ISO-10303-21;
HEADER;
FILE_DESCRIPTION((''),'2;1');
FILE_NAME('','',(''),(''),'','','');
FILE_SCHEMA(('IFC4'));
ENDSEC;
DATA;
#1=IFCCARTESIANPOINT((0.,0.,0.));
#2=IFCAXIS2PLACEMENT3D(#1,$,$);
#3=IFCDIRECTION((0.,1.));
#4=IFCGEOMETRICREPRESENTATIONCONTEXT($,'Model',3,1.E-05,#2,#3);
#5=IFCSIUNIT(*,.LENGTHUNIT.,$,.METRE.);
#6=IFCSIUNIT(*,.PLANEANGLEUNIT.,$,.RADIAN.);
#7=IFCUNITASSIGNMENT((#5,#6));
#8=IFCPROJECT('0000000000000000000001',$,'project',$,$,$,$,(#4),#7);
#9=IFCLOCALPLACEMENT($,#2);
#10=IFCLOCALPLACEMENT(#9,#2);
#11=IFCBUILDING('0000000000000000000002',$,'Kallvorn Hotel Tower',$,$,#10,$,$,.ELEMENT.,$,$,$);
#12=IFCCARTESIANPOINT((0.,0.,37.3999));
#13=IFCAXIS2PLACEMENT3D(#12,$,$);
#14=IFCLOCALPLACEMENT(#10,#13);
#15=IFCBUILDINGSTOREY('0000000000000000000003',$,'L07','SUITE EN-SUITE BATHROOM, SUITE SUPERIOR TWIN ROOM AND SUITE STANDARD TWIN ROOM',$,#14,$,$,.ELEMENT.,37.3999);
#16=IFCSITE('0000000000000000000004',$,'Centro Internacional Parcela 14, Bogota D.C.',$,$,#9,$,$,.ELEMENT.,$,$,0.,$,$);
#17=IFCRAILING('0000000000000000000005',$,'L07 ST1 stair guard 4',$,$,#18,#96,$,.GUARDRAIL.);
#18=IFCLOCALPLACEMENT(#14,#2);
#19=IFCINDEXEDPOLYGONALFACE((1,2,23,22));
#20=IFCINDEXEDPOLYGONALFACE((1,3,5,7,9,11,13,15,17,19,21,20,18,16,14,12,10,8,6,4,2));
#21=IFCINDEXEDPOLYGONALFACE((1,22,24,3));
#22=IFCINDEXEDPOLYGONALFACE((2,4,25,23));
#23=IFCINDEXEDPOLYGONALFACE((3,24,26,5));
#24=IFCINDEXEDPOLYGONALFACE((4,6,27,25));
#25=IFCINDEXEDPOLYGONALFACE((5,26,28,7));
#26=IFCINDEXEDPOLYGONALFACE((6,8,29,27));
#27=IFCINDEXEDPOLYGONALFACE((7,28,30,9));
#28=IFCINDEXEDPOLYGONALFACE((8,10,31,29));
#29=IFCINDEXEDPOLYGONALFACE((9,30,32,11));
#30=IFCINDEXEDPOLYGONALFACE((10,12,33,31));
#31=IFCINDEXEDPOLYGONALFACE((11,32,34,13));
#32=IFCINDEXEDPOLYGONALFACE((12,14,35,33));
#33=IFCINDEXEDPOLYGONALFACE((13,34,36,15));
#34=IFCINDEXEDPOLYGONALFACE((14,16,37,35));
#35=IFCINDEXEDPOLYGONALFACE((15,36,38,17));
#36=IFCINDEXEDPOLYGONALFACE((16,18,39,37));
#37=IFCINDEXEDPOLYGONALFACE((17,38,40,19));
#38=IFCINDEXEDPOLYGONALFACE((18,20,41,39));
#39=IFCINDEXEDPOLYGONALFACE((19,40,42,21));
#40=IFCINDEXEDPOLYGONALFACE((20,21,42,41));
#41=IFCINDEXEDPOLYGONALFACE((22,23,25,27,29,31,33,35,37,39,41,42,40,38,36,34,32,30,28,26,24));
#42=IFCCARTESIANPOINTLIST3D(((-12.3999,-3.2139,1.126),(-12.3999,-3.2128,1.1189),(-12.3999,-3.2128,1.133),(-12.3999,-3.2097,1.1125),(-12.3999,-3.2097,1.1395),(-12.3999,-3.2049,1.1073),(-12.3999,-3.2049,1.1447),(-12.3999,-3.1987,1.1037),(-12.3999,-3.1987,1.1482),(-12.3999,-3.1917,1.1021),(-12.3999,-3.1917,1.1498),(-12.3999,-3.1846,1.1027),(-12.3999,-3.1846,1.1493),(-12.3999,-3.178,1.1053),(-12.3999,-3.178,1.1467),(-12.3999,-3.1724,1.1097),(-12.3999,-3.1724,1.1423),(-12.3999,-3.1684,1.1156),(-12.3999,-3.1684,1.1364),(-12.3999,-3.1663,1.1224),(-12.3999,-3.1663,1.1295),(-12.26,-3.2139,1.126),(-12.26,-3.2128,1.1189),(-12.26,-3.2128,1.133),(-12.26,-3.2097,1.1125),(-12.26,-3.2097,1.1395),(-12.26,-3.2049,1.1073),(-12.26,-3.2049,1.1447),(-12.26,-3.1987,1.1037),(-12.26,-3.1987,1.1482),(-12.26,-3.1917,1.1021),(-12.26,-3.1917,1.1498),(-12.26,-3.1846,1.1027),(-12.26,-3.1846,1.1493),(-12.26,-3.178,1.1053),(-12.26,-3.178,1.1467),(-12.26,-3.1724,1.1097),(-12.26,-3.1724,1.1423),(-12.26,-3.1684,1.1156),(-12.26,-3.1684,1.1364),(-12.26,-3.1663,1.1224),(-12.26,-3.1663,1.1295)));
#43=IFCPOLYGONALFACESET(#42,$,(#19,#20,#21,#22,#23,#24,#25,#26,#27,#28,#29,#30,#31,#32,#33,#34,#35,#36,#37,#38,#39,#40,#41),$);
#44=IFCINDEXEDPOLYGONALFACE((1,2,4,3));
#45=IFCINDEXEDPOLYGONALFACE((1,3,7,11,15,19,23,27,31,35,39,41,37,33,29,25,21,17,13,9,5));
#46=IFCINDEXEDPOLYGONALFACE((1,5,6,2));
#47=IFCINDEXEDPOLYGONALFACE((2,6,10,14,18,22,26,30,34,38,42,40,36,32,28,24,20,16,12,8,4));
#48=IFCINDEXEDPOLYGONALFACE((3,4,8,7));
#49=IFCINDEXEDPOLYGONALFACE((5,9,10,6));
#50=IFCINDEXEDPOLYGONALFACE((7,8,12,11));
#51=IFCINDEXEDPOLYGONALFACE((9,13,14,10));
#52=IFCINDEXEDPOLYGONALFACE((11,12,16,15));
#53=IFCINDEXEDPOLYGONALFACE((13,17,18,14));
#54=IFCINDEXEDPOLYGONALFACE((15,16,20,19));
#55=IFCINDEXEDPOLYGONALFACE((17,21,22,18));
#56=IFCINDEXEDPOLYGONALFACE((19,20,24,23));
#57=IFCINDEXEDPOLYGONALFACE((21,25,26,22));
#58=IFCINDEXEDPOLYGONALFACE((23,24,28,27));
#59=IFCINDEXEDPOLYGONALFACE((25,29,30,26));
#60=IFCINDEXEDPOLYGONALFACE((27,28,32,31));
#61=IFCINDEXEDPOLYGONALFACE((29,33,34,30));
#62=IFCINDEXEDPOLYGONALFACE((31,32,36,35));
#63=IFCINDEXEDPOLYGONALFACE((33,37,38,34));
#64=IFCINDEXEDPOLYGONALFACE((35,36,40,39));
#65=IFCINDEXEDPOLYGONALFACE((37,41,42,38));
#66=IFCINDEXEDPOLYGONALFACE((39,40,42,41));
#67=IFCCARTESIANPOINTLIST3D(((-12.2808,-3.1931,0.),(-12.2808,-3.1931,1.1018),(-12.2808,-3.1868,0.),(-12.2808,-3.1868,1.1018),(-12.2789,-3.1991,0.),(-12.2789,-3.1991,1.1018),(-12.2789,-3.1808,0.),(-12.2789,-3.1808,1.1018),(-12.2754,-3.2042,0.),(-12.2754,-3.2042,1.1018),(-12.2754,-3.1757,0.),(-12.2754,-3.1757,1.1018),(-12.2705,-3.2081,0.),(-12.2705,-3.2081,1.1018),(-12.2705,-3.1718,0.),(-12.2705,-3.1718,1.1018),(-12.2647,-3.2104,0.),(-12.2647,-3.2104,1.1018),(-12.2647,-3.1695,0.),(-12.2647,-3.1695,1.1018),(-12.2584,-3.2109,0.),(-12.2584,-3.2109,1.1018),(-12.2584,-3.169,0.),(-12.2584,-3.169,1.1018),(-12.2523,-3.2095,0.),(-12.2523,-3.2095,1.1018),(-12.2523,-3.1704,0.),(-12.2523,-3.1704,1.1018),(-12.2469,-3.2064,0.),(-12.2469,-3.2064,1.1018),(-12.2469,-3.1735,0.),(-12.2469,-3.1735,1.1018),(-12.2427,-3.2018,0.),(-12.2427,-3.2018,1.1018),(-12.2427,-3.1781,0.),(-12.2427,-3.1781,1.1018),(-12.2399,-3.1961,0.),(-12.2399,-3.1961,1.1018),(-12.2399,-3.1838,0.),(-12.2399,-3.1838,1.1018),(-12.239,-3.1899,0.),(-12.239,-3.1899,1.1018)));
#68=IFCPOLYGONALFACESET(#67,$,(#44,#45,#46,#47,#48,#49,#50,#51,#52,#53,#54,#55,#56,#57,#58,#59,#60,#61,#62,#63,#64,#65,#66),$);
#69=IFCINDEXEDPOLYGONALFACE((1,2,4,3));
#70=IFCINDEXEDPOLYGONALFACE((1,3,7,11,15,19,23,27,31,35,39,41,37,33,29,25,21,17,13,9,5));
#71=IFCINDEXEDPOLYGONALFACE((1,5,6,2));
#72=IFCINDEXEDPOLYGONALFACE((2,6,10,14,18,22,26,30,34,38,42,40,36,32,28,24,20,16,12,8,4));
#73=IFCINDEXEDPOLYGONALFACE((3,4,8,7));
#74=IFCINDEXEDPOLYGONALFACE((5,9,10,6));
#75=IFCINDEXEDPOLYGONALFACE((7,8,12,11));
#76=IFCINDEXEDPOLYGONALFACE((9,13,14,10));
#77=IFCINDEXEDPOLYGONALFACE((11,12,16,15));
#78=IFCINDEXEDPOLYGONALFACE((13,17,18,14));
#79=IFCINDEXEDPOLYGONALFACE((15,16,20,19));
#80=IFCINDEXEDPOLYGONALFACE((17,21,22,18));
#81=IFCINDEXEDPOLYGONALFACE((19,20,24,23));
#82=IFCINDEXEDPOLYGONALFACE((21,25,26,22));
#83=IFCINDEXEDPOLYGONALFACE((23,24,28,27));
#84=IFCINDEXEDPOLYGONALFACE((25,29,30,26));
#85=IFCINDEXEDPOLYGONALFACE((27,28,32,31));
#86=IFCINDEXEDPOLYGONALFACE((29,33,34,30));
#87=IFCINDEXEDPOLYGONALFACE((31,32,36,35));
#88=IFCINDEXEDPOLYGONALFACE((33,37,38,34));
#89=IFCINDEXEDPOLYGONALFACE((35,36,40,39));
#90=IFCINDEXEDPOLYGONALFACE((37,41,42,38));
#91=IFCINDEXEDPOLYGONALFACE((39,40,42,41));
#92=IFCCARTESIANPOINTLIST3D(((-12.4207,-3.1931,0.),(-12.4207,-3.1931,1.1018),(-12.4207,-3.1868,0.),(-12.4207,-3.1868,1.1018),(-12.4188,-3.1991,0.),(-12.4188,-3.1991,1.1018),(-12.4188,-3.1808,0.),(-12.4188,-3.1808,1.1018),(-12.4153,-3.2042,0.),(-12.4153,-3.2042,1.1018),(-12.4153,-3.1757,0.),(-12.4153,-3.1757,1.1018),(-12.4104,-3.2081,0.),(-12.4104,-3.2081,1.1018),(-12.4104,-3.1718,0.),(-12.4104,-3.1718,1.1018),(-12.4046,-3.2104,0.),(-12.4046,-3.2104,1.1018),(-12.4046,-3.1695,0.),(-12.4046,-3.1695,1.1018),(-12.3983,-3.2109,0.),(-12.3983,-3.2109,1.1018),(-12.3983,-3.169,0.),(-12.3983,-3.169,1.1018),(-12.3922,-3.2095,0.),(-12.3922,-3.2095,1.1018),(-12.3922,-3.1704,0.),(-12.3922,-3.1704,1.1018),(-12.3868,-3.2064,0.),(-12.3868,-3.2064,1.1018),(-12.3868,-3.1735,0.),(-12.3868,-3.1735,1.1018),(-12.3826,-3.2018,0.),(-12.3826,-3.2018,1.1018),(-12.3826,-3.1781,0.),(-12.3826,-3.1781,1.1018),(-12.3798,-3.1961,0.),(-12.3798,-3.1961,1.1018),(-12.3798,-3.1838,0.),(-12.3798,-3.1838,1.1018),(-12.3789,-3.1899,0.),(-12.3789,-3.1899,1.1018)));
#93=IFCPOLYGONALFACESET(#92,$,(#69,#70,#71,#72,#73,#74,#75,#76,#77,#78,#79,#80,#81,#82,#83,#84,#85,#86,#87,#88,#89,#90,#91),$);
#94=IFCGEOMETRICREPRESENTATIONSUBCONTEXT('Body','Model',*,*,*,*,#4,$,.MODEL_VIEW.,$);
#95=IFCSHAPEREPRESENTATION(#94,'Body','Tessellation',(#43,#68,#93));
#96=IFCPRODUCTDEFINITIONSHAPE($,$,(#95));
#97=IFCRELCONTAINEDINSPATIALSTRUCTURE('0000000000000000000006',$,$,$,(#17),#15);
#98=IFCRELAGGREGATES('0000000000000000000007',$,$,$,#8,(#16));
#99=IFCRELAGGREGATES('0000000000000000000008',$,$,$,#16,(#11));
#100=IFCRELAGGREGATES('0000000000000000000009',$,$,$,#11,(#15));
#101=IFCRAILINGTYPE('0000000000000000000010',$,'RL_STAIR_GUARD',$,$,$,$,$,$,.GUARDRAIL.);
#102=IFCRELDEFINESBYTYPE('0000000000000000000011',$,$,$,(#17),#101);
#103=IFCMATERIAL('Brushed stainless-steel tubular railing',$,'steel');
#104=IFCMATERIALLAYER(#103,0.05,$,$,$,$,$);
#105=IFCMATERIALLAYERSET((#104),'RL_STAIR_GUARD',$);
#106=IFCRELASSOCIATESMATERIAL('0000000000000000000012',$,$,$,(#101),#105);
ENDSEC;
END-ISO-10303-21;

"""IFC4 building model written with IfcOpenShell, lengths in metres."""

from ifc_helpers import new_model, si_unit, direction, frame, origin, origin_2d, place, context, subcontext, project, spatial, circle, extrude, material, layer, layer_set, type_object, element, save


model = new_model("IFC4")

# Units and contexts
model_context = context("Model", 3, precision=1e-05, world=origin(), true_north=direction((0.0, 1.0)))
body_context = subcontext(model_context, "Body", "Model", "MODEL_VIEW")
ifc_project = project(units=[si_unit("LENGTHUNIT", "METRE"), si_unit("PLANEANGLEUNIT", "RADIAN")], contexts=[model_context])

# Site, building, storey
site_placement = place(None, origin())
site = spatial("IfcSite", under=ifc_project, at=site_placement, Name="Centro Internacional Parcela 14, Bogota D.C.", CompositionType="ELEMENT", RefElevation=0.0)
building_placement = place(site_placement, origin())
building = spatial("IfcBuilding", under=site, at=building_placement, Name="Kallvorn Hotel Tower", CompositionType="ELEMENT")
storey_placement = place(building_placement, frame((0.0, 0.0, 37.3999)))
storey = spatial("IfcBuildingStorey", under=building, at=storey_placement, Name="L07", Description="SUITE EN-SUITE BATHROOM, SUITE SUPERIOR TWIN ROOM AND SUITE STANDARD TWIN ROOM", CompositionType="ELEMENT", Elevation=37.3999)

# Railing
ifc_material_1 = material(Name="Brushed stainless-steel tubular railing", Category="steel")
ifc_layer_1 = layer(ifc_material_1, 0.05)
ifc_layer_set_1 = layer_set([ifc_layer_1], Name="RL_STAIR_GUARD")
railing_type = type_object("IfcRailingType", Name="RL_STAIR_GUARD", PredefinedType="GUARDRAIL", material=ifc_layer_set_1)
railing_1_placement = place(storey_placement, frame((-12.26, -3.1899, 0.0)))
element("IfcRailing", 1, at=railing_1_placement, inside=storey, type_object=railing_type, Name="L07 ST1 stair guard 4", PredefinedType="GUARDRAIL", context=body_context, shape_type="SweptSolid", body=[
    extrude(circle(Radius=0.0239, at=origin_2d()), frame((0.0, 0.0, 1.126), z_axis=(-1.0, 0.0, 0.0), x_axis=(0.0, -1.0, 0.0)), (0.0, 0.0, 1.0), 0.1399),
    extrude(circle(Radius=0.021, at=origin_2d()), origin(), (0.0, 0.0, 1.0), 1.1018),
    extrude(circle(Radius=0.021, at=origin_2d()), frame((-0.1399, 0.0, 0.0)), (0.0, 0.0, 1.0), 1.1018),
])

save(model, "model.ifc")
